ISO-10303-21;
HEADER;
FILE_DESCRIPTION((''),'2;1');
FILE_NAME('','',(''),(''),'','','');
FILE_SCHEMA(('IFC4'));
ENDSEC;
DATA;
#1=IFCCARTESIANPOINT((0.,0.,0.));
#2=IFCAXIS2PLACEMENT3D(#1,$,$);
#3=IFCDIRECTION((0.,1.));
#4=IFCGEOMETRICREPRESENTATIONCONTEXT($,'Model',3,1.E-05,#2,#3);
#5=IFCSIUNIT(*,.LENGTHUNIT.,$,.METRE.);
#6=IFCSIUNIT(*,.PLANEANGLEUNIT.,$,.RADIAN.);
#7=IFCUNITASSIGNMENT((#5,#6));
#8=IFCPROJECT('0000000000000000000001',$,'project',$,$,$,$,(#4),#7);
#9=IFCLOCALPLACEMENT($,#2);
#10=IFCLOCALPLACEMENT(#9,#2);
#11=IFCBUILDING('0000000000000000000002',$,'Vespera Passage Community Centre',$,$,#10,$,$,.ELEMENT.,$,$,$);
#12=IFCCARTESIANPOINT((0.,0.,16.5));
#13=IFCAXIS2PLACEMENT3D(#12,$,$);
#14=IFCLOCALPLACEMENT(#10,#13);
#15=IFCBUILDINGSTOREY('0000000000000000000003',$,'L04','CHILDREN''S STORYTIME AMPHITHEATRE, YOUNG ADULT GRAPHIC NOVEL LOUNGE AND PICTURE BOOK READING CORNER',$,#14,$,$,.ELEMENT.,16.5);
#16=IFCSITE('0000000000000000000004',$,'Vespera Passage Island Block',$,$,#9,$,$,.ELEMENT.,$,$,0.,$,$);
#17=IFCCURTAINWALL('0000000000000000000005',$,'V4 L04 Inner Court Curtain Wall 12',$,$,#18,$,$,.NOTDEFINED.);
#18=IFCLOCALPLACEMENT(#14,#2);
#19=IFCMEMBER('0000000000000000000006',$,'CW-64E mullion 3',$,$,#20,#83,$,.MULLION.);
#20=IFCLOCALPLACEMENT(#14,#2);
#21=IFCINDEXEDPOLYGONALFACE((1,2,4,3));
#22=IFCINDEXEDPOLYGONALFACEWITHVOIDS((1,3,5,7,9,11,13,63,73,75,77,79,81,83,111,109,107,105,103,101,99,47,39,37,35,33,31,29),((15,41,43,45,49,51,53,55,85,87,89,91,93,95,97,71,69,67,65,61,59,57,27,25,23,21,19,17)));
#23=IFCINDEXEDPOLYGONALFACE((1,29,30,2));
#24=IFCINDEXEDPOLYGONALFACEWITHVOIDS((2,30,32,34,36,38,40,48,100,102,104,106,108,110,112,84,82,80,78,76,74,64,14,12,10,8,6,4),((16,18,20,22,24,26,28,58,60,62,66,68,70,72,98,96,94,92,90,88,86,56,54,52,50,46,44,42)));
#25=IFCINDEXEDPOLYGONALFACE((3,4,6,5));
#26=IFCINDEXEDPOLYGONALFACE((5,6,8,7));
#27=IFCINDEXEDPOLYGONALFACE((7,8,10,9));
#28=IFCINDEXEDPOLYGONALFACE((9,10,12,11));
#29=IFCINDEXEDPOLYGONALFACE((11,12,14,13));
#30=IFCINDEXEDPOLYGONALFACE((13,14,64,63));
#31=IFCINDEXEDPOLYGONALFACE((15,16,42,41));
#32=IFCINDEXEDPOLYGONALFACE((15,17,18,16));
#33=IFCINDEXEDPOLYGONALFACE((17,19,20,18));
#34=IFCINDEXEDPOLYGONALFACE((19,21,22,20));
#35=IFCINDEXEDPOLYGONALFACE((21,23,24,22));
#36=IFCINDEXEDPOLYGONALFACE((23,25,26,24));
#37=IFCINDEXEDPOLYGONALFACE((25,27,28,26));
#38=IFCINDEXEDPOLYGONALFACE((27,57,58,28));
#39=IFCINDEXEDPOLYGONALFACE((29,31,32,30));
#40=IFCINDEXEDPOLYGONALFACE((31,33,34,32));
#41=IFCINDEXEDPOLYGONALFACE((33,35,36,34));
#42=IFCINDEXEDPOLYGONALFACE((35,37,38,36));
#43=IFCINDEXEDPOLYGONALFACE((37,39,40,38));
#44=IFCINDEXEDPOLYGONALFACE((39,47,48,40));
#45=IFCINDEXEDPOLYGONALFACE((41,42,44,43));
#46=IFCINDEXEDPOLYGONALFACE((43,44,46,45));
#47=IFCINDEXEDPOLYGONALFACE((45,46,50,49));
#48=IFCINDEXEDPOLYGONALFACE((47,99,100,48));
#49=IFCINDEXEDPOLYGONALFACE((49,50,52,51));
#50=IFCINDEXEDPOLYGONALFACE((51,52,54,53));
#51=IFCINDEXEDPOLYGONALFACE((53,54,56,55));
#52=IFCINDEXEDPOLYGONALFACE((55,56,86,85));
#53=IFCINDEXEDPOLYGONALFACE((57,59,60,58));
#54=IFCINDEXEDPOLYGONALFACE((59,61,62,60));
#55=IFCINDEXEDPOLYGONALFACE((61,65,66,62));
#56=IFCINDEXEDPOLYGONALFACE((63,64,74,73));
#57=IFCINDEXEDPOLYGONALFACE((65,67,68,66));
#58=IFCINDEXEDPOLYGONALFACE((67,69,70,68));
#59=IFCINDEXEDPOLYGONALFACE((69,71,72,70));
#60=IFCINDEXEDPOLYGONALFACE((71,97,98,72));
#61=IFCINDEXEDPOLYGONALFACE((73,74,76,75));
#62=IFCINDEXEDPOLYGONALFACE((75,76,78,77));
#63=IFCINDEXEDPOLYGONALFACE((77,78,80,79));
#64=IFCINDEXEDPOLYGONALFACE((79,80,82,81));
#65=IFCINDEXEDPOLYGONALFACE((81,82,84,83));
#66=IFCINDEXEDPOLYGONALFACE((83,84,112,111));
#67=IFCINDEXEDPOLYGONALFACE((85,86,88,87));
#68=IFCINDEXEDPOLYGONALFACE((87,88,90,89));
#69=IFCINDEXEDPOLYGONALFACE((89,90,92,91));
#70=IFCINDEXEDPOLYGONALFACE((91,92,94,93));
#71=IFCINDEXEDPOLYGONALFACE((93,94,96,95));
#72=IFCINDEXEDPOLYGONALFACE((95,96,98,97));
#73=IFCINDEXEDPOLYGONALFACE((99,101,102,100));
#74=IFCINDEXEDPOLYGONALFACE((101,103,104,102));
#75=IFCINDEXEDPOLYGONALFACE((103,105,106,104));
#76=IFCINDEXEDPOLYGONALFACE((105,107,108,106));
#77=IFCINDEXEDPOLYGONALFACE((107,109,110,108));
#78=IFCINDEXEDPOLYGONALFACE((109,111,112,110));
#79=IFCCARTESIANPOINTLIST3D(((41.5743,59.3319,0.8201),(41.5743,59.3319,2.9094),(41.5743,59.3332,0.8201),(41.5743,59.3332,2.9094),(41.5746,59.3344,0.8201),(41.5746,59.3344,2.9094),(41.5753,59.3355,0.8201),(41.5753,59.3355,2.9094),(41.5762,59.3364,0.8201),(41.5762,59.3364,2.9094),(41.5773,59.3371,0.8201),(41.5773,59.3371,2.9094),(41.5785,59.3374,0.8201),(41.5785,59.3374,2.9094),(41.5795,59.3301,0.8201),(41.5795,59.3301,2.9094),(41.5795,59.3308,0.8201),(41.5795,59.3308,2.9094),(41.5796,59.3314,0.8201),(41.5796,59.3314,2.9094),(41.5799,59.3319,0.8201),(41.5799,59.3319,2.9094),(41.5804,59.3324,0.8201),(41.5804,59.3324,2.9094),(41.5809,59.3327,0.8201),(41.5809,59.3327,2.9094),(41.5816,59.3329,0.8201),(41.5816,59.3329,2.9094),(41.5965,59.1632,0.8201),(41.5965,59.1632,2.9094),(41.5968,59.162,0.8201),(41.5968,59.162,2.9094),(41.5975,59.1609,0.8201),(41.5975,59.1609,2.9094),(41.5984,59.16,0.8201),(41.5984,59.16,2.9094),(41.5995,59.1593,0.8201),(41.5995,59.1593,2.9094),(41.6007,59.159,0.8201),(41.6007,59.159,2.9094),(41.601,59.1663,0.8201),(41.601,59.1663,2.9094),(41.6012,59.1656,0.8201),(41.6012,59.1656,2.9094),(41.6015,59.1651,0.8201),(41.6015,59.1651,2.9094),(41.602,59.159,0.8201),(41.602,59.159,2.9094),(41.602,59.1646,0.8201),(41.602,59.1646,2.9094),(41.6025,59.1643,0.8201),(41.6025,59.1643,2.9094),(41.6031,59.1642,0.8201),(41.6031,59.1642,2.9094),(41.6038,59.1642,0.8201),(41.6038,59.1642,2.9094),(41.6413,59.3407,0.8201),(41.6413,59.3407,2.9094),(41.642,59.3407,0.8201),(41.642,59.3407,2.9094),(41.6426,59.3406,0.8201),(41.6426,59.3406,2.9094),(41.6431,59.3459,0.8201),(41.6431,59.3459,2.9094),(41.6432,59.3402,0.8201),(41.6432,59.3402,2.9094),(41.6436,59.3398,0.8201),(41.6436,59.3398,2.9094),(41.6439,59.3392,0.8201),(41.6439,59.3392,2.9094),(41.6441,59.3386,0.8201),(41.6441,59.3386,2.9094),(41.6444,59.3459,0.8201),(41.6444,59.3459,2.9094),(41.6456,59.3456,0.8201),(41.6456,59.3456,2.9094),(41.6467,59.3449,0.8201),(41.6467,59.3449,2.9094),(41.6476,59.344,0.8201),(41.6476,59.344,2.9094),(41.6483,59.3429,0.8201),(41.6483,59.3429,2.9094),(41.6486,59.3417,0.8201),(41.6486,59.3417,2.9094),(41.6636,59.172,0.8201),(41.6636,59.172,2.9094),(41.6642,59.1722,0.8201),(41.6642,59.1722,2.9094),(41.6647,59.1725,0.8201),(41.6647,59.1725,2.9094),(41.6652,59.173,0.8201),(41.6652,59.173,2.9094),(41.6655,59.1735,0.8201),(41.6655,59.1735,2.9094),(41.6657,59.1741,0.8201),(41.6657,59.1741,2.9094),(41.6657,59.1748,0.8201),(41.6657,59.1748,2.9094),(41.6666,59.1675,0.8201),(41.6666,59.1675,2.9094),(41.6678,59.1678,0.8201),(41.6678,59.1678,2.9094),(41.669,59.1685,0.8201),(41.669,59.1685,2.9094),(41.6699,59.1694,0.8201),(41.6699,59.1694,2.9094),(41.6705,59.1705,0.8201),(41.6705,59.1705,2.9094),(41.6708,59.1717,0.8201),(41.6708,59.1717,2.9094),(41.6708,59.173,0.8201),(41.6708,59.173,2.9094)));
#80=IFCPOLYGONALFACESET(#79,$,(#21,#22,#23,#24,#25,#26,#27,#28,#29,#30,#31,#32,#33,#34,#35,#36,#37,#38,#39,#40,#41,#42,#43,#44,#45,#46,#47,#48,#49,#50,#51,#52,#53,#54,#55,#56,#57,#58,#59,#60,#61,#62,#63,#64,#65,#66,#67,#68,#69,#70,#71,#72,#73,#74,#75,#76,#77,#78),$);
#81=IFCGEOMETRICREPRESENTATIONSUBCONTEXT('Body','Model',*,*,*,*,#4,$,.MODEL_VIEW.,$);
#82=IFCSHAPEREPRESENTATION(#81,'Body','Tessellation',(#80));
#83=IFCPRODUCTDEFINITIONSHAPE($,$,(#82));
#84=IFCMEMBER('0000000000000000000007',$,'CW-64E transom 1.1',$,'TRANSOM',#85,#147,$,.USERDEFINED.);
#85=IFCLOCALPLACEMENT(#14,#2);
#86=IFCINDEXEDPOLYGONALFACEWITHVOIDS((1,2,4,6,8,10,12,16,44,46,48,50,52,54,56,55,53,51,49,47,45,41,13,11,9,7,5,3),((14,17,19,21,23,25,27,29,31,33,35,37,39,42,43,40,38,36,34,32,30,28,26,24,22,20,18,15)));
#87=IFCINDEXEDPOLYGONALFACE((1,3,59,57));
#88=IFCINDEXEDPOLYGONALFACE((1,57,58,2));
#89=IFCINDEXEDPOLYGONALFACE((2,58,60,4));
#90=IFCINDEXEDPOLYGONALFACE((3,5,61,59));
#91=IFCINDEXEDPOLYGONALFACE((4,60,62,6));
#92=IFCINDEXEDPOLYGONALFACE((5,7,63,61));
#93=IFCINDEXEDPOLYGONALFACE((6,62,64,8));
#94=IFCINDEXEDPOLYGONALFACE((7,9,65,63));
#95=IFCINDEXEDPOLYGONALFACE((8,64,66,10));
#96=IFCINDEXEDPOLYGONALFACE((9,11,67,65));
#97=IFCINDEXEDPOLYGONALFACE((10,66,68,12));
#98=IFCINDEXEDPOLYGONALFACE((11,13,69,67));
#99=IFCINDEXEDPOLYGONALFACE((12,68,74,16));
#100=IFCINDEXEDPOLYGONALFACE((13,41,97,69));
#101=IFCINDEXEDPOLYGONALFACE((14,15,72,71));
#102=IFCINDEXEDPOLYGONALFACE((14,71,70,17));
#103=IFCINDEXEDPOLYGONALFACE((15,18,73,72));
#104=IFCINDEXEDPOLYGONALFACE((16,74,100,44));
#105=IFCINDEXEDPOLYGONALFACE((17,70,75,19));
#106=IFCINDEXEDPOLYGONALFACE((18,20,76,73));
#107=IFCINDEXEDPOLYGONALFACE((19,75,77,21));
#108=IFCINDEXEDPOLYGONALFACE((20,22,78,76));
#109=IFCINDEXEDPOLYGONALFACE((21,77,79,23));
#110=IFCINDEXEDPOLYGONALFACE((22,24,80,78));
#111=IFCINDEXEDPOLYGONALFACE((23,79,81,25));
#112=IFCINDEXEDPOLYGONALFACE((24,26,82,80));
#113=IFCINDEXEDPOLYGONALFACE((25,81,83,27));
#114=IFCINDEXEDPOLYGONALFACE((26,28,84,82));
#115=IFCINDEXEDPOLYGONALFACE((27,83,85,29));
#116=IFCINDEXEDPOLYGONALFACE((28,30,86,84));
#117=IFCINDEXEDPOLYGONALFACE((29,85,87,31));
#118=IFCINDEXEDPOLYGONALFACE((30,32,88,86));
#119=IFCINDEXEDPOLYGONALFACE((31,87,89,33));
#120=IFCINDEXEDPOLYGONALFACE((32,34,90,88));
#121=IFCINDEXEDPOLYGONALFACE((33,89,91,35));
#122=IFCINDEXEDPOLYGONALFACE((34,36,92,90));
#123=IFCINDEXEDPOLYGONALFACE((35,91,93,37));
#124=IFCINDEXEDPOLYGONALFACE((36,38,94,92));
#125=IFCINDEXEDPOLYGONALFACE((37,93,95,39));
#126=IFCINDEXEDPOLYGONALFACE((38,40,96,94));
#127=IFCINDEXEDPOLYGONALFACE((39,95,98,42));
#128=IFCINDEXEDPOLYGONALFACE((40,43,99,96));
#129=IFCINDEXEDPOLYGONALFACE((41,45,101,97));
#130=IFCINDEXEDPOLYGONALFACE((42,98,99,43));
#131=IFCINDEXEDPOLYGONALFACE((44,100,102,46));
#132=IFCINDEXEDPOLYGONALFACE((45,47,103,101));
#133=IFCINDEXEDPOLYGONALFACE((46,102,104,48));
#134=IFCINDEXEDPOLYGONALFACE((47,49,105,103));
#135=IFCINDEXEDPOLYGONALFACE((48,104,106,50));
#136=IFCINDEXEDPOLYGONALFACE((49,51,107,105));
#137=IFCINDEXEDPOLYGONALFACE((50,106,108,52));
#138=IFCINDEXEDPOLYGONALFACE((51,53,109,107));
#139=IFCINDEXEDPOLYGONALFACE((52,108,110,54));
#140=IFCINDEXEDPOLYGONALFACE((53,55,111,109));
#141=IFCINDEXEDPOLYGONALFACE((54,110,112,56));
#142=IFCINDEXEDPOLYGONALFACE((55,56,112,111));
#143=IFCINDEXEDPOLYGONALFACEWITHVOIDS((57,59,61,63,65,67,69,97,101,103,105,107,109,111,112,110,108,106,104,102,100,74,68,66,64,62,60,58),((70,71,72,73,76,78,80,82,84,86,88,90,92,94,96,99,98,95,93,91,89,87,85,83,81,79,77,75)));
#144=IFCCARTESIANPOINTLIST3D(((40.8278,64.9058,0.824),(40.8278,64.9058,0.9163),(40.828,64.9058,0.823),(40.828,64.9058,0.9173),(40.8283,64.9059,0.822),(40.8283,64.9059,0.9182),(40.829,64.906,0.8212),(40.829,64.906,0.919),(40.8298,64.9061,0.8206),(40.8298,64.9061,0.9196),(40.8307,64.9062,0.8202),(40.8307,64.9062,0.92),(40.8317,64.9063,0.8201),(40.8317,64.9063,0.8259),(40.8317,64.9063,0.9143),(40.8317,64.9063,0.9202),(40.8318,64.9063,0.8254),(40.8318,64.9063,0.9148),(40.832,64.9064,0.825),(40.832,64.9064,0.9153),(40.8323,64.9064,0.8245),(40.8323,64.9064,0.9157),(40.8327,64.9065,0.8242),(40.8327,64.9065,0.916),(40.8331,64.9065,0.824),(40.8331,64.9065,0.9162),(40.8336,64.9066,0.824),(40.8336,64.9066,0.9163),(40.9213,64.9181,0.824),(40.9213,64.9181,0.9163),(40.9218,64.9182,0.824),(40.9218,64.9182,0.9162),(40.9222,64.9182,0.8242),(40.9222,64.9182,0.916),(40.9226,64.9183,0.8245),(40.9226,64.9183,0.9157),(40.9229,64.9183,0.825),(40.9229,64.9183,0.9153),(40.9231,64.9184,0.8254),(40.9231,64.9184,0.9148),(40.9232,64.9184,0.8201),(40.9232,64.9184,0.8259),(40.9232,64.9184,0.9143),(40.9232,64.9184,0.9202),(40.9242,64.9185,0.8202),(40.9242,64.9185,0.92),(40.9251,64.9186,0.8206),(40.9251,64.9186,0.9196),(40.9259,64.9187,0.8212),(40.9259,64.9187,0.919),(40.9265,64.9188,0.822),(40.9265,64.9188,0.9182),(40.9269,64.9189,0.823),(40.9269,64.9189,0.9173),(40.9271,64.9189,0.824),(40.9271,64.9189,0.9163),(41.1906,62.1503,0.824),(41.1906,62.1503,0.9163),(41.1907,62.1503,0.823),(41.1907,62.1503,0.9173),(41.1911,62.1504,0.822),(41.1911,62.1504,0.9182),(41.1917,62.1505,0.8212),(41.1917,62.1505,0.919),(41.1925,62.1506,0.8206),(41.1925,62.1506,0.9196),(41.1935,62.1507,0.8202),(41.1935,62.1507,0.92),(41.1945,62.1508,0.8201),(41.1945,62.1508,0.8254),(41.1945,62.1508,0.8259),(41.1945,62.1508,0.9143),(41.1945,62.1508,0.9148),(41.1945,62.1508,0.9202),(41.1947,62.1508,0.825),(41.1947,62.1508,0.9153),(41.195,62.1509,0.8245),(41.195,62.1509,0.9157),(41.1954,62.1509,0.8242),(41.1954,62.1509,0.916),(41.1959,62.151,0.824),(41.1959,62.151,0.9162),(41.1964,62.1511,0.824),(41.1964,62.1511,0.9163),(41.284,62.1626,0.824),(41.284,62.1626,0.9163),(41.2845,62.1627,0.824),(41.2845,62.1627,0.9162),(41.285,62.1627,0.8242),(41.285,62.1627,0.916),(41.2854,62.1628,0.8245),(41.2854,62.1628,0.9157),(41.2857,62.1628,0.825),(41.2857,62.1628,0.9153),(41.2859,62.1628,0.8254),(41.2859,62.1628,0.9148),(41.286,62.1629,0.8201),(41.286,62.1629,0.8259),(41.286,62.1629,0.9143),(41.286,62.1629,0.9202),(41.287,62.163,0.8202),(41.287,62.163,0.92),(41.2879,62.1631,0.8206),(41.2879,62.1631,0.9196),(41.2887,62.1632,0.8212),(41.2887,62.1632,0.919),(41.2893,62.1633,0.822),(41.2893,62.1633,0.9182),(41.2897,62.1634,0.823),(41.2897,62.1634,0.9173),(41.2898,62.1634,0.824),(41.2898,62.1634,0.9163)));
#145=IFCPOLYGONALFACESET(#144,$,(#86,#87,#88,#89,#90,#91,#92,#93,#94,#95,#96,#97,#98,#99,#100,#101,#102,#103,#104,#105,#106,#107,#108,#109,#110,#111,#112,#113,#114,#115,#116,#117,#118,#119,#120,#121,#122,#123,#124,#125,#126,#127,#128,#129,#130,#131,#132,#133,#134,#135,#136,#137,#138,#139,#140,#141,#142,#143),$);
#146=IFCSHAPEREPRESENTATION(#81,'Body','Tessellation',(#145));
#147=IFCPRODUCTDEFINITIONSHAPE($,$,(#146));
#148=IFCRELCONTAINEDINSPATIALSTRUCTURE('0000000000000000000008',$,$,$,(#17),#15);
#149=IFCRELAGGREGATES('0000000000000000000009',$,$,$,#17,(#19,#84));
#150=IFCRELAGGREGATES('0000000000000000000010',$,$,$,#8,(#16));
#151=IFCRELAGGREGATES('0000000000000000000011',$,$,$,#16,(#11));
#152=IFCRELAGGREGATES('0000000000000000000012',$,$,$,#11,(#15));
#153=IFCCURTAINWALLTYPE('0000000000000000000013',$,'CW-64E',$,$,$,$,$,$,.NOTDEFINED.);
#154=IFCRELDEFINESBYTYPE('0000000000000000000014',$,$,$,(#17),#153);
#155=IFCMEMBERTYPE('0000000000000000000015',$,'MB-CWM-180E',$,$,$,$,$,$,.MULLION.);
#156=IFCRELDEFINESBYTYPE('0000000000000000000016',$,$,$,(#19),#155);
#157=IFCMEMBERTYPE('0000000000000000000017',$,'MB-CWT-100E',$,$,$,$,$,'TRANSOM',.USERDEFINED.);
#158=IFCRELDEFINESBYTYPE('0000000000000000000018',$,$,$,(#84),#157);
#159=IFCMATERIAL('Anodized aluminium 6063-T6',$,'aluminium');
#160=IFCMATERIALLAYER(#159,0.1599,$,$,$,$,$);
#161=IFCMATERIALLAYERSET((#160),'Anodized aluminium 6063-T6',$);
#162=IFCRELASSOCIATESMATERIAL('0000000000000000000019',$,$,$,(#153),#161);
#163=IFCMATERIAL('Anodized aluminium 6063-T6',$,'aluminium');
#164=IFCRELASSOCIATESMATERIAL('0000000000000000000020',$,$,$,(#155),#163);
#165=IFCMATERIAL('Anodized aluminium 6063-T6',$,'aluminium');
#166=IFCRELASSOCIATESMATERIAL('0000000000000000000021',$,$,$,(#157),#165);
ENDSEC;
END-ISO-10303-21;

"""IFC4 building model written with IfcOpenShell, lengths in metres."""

from ifc_helpers import new_model, si_unit, direction, frame, origin, origin_2d, place, context, subcontext, project, spatial, hollow_rectangle, extrude, material, layer, layer_set, material_profile, profile_set, type_object, element, aggregate, save


model = new_model("IFC4")

# Units and contexts
model_context = context("Model", 3, precision=1e-05, world=origin(), true_north=direction((0.0, 1.0)))
body_context = subcontext(model_context, "Body", "Model", "MODEL_VIEW")
ifc_project = project(units=[si_unit("LENGTHUNIT", "METRE"), si_unit("PLANEANGLEUNIT", "RADIAN")], contexts=[model_context])

# Site, building, storey
site_placement = place(None, origin())
site = spatial("IfcSite", under=ifc_project, at=site_placement, Name="Vespera Passage Island Block", CompositionType="ELEMENT", RefElevation=0.0)
building_placement = place(site_placement, origin())
building = spatial("IfcBuilding", under=site, at=building_placement, Name="Vespera Passage Community Centre", CompositionType="ELEMENT")
storey_placement = place(building_placement, frame((0.0, 0.0, 16.5)))
storey = spatial("IfcBuildingStorey", under=building, at=storey_placement, Name="L04", Description="CHILDREN'S STORYTIME AMPHITHEATRE, YOUNG ADULT GRAPHIC NOVEL LOUNGE AND PICTURE BOOK READING CORNER", CompositionType="ELEMENT", Elevation=16.5)

# Curtain wall, members
ifc_material_1 = material(Name="Anodized aluminium 6063-T6", Category="aluminium")
ifc_layer_1 = layer(ifc_material_1, 0.1599)
ifc_layer_set_1 = layer_set([ifc_layer_1], Name="Anodized aluminium 6063-T6")
curtain_wall_type = type_object("IfcCurtainWallType", Name="CW-64E", PredefinedType="NOTDEFINED", material=ifc_layer_set_1)
curtain_wall_placement = place(storey_placement, origin())
curtain_wall = element("IfcCurtainWall", 1, at=curtain_wall_placement, inside=storey, type_object=curtain_wall_type, Name="V4 L04 Inner Court Curtain Wall 12", PredefinedType="NOTDEFINED")
ifc_material_2 = material(Name="Anodized aluminium 6063-T6", Category="aluminium")
ifc_material_profile_1 = material_profile(ifc_material_2, hollow_rectangle(XDim=0.075, YDim=0.1799, WallThickness=0.0049, InnerFilletRadius=0.0024, OuterFilletRadius=0.0049, at=origin_2d()), Name="ALU180X75X5")
ifc_profile_set_1 = profile_set([ifc_material_profile_1], Name="Anodized aluminium 6063-T6")
member_type_1 = type_object("IfcMemberType", Name="MB-CWM-180E", PredefinedType="MULLION", material=ifc_profile_set_1)
member_1_placement = place(storey_placement, frame((41.6226, 59.2524, 0.8201), z_axis=(0.0, 0.0, 1.0), x_axis=(0.991445, 0.130522, 0.0)))
member_1 = element("IfcMember", 2, at=member_1_placement, type_object=member_type_1, Name="CW-64E mullion 3", PredefinedType="MULLION", context=body_context, shape_type="SweptSolid", body=[
    extrude(hollow_rectangle(XDim=0.075, YDim=0.1799, WallThickness=0.0049, InnerFilletRadius=0.0024, OuterFilletRadius=0.0049, at=origin_2d()), origin(), (0.0, 0.0, 1.0), 2.0894),
])
ifc_material_3 = material(Name="Anodized aluminium 6063-T6", Category="aluminium")
ifc_material_profile_2 = material_profile(ifc_material_3, hollow_rectangle(XDim=0.1001, YDim=0.1001, WallThickness=0.0039, InnerFilletRadius=0.002, OuterFilletRadius=0.0039, at=origin_2d()), Name="ALU100X100X4")
ifc_profile_set_2 = profile_set([ifc_material_profile_2], Name="Anodized aluminium 6063-T6")
member_type_2 = type_object("IfcMemberType", Name="MB-CWT-100E", ElementType="TRANSOM", PredefinedType="USERDEFINED", material=ifc_profile_set_2)
member_2_placement = place(storey_placement, frame((40.8774, 64.9124, 0.8701), z_axis=(0.130529, -0.991444, 0.0), x_axis=(0.991444, 0.130529, 0.0)))
member_2 = element("IfcMember", 3, at=member_2_placement, type_object=member_type_2, Name="CW-64E transom 1.1", ObjectType="TRANSOM", PredefinedType="USERDEFINED", context=body_context, shape_type="SweptSolid", body=[
    extrude(hollow_rectangle(XDim=0.1001, YDim=0.1001, WallThickness=0.0039, InnerFilletRadius=0.002, OuterFilletRadius=0.0039, at=origin_2d()), origin(), (0.0, 0.0, 1.0), 2.7793),
])
aggregate(curtain_wall, [member_1, member_2])

save(model, "model.ifc")
